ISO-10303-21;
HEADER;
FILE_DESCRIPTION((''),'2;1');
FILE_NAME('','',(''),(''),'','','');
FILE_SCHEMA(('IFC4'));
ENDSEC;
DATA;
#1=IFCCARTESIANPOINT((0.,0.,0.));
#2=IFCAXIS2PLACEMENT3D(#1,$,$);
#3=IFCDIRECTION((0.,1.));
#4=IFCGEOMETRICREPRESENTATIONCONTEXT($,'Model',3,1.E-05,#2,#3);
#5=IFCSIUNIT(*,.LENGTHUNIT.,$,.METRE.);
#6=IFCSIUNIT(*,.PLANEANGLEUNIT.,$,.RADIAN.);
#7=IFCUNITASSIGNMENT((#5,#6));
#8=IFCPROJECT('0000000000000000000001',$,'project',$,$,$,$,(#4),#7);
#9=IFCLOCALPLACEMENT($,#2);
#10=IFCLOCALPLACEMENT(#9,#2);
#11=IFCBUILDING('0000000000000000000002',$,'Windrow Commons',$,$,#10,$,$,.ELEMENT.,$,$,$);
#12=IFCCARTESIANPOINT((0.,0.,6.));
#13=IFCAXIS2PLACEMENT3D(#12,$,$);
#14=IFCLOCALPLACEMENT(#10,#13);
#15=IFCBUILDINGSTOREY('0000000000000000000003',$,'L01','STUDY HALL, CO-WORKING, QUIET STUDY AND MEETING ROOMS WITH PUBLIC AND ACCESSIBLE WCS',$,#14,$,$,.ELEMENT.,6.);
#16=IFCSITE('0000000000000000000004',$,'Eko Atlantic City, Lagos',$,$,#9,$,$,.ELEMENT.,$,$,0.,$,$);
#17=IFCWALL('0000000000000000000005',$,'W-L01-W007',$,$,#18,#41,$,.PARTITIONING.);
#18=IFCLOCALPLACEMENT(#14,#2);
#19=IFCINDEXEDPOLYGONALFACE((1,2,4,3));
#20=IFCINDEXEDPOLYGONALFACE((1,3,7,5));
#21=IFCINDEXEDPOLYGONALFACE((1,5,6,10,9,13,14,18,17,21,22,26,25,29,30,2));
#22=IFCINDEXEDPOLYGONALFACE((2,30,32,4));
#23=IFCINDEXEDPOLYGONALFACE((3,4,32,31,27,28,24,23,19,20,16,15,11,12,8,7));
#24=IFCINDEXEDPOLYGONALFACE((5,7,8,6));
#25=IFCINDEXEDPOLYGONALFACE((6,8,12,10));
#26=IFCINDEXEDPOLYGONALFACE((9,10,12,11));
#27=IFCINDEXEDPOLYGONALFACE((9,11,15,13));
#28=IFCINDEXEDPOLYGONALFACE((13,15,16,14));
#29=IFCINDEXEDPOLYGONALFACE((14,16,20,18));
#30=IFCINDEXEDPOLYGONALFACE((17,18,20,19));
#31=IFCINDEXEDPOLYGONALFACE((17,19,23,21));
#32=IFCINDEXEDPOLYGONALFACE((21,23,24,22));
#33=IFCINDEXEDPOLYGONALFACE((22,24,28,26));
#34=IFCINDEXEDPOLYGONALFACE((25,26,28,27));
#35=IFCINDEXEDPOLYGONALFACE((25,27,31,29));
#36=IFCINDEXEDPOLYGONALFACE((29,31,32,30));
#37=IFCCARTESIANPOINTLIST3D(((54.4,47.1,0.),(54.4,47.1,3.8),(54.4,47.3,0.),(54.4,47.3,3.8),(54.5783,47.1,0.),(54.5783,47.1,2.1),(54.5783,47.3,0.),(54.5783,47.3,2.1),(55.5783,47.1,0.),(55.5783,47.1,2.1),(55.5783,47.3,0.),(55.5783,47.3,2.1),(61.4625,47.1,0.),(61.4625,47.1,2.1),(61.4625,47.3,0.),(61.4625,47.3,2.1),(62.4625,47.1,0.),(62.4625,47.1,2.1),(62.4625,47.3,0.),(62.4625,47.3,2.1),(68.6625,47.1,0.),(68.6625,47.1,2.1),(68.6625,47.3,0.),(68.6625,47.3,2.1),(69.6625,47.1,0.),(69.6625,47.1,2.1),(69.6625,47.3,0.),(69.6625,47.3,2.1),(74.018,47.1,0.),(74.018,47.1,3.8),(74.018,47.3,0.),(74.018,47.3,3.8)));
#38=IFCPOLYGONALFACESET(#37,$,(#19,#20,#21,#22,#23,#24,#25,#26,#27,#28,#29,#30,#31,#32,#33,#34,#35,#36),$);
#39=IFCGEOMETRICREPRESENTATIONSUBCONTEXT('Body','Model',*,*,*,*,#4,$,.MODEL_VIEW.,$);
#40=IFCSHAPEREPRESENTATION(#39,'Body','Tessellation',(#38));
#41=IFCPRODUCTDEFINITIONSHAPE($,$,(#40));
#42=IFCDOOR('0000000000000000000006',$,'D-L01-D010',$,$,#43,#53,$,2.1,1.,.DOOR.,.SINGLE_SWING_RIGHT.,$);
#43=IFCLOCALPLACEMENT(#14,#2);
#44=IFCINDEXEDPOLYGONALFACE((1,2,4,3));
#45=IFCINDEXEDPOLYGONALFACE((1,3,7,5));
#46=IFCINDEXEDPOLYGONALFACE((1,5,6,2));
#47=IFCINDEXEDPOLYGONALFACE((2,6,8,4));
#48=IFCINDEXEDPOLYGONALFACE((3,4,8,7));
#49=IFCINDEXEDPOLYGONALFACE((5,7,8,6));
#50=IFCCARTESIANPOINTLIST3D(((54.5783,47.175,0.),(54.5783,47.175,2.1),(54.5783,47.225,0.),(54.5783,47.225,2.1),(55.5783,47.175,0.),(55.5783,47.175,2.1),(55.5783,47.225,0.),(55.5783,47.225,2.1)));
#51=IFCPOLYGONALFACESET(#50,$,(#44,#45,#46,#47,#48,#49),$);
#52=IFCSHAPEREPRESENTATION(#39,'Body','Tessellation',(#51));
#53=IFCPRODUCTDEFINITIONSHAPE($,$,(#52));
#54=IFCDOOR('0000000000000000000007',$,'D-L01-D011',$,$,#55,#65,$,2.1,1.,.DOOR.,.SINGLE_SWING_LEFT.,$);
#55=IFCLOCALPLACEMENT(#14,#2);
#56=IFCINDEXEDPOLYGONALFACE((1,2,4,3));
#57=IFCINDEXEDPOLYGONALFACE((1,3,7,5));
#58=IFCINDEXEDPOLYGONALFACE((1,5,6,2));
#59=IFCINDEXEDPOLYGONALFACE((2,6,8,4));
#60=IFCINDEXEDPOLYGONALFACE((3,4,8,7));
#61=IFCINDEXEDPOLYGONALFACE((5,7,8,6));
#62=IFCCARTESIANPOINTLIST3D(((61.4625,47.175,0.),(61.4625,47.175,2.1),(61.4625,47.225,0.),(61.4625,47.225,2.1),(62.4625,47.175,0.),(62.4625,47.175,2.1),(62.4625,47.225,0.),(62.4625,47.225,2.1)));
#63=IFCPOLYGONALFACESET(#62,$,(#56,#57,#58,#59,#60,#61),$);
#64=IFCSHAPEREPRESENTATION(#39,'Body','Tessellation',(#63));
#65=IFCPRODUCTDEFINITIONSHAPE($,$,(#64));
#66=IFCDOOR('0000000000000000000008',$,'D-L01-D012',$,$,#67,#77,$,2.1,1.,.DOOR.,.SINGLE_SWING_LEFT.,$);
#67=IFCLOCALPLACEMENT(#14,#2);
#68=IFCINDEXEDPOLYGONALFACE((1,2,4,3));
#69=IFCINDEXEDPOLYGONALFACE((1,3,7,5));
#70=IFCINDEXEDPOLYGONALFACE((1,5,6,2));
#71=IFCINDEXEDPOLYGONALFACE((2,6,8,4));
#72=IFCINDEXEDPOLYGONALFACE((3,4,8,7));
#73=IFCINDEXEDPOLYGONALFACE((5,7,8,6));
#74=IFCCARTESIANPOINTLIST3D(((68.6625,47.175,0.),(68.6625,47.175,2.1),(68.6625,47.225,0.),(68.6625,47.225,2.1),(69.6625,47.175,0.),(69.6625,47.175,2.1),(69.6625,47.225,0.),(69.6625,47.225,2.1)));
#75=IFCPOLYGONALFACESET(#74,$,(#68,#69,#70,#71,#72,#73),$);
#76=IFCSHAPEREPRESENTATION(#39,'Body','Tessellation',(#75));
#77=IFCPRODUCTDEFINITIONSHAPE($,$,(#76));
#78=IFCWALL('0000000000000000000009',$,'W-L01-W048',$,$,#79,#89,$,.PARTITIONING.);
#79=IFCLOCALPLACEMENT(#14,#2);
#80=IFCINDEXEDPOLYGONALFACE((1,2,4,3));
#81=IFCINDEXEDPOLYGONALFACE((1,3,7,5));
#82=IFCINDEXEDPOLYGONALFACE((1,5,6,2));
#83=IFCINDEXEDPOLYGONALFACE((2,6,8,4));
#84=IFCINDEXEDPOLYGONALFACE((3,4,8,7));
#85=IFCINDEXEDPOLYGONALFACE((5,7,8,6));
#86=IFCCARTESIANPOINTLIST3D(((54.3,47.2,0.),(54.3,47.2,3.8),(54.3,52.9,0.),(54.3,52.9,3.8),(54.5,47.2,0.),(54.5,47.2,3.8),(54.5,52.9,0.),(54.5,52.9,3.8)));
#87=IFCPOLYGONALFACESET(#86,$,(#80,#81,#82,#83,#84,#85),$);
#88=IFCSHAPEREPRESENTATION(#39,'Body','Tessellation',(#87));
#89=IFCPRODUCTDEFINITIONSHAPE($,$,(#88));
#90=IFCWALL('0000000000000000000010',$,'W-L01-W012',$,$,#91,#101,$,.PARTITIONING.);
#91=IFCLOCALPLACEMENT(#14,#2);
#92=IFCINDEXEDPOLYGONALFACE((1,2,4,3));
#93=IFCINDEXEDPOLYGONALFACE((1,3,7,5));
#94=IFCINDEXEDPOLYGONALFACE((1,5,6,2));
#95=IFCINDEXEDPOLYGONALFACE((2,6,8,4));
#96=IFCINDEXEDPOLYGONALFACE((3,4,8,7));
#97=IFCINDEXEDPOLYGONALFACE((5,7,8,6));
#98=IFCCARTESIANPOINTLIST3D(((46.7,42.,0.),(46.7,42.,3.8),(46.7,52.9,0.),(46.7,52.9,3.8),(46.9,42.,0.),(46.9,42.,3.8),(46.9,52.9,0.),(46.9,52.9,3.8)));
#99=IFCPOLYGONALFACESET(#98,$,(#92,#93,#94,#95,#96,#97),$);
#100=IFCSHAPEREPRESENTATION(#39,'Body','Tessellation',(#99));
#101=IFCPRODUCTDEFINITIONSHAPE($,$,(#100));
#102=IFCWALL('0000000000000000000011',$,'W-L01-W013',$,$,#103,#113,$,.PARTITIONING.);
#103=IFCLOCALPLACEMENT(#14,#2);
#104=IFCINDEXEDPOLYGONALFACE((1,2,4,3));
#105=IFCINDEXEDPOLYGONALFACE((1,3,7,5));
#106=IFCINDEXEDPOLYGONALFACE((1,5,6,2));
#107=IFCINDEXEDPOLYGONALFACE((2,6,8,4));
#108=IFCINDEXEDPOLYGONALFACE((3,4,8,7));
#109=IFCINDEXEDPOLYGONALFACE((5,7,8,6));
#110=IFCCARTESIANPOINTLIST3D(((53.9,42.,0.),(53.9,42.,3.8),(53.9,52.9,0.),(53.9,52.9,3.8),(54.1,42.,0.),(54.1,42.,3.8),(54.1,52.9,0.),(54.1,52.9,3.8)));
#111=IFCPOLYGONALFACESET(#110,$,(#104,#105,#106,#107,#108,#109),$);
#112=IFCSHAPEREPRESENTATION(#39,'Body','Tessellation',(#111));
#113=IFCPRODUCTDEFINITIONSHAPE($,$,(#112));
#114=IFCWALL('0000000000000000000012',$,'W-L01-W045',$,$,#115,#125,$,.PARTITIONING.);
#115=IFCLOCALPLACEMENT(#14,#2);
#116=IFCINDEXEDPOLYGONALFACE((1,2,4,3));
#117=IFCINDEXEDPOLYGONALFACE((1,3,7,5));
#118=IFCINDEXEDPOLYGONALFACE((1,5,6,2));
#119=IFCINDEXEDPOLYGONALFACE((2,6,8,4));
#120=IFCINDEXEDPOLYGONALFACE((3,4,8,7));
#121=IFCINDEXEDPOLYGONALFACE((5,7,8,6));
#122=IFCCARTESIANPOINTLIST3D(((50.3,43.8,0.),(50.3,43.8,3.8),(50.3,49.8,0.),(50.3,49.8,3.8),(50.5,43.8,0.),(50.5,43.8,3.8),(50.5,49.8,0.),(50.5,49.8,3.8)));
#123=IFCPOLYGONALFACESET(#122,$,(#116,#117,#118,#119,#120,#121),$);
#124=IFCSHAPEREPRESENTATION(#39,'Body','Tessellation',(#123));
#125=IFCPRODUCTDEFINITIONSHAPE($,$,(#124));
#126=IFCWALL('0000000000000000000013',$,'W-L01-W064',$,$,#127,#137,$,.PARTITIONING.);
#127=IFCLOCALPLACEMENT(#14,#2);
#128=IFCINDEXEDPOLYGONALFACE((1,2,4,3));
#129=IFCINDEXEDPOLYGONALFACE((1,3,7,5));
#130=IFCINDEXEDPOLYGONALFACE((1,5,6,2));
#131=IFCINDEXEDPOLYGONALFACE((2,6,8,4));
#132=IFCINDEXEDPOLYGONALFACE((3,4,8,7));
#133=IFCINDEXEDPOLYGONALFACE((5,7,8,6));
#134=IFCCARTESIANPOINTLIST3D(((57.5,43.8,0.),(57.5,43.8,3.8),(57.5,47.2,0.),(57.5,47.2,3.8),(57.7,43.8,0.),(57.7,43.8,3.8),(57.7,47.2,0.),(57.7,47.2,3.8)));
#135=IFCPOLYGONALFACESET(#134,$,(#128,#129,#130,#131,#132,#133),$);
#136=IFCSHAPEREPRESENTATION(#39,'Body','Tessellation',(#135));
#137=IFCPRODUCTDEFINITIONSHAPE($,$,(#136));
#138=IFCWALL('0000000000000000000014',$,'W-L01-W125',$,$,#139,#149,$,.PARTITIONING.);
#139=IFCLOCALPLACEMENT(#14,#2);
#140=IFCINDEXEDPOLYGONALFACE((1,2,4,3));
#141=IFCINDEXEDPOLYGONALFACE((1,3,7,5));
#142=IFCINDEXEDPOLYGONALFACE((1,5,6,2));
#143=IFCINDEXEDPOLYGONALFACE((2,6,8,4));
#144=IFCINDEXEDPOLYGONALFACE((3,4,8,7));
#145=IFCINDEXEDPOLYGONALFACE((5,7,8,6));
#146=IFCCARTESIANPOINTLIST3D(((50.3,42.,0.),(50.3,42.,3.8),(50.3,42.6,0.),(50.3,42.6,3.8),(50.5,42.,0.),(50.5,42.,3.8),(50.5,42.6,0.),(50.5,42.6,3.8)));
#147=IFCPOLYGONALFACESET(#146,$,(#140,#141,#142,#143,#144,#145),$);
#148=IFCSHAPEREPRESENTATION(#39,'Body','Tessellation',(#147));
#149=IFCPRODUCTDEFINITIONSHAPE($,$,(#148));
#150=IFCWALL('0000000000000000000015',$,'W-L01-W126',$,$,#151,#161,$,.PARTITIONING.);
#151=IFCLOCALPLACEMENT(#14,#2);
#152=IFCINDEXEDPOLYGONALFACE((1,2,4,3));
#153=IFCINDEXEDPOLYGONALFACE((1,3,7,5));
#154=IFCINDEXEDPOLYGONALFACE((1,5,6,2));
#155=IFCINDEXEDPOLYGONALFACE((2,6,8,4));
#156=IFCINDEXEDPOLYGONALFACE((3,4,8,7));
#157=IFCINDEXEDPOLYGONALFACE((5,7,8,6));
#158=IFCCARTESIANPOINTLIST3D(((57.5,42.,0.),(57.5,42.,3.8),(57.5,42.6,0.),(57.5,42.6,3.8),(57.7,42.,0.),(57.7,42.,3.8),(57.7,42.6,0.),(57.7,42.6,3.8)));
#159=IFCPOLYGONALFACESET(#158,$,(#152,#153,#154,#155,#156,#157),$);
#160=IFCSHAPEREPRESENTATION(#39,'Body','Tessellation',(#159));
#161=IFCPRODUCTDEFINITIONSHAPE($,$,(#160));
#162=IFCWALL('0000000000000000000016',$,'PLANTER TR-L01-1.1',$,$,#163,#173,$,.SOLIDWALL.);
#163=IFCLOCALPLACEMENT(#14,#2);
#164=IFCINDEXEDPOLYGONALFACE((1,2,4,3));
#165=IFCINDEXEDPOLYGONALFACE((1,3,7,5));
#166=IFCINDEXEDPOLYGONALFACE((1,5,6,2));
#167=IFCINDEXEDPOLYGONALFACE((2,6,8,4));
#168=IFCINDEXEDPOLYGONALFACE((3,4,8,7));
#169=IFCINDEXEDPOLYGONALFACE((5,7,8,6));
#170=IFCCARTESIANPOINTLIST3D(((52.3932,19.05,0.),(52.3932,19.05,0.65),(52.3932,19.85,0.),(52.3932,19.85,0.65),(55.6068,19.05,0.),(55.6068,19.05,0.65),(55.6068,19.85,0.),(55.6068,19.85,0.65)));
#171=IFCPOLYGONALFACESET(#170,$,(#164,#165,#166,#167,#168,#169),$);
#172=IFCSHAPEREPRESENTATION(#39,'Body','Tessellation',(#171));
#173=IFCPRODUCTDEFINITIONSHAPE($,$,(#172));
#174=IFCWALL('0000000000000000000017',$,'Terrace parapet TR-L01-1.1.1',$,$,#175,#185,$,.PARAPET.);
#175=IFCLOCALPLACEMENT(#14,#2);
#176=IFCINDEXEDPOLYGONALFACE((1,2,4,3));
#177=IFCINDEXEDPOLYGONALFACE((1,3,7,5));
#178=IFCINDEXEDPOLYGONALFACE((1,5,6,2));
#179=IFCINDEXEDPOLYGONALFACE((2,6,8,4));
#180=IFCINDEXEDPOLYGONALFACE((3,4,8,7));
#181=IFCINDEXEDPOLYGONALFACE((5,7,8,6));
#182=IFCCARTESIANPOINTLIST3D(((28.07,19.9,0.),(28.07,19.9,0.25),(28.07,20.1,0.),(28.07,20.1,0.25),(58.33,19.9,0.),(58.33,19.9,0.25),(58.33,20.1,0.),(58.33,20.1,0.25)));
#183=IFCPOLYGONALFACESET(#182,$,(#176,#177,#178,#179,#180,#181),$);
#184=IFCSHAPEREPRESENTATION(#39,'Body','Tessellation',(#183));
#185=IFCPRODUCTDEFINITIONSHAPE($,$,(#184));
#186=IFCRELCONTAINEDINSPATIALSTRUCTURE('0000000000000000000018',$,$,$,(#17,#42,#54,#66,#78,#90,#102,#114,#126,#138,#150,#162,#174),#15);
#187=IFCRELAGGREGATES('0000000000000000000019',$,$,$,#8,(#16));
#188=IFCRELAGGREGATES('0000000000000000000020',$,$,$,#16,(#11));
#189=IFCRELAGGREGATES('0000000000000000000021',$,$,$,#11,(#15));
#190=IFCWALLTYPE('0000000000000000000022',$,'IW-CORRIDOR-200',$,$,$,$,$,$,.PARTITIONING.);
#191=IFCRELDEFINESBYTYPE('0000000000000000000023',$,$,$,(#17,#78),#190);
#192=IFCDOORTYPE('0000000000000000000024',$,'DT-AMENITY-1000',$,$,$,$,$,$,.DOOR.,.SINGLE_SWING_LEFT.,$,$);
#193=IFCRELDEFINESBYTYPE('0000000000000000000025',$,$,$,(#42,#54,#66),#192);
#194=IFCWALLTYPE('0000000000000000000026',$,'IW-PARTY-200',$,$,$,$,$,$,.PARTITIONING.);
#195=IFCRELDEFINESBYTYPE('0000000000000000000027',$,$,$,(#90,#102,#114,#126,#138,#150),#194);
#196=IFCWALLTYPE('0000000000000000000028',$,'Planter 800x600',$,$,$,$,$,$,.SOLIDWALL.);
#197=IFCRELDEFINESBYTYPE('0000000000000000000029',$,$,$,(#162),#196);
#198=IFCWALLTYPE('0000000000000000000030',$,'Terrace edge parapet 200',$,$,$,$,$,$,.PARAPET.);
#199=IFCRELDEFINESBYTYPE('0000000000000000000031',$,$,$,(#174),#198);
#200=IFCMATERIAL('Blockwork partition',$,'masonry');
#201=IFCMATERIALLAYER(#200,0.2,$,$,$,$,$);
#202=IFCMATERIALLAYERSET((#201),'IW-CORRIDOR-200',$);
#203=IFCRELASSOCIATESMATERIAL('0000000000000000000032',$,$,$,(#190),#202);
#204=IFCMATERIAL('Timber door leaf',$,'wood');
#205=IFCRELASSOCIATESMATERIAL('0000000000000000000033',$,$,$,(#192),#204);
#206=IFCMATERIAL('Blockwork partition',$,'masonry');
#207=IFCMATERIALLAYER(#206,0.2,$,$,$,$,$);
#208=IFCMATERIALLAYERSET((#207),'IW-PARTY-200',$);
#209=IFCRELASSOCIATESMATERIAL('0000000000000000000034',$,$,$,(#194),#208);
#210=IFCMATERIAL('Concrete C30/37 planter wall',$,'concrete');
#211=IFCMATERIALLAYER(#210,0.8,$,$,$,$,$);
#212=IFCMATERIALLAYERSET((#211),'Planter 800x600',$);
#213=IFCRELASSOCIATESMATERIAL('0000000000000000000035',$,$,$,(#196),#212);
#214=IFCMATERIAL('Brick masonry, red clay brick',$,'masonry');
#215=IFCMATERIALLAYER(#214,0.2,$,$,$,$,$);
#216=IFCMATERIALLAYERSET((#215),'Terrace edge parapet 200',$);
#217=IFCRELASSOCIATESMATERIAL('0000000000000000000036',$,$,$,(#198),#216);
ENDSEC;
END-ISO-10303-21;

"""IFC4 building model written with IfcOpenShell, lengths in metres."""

from ifc_helpers import new_model, si_unit, direction, frame, frame_2d, origin, place, context, subcontext, project, spatial, polyline, rectangle, outline, extrude, material, layer, layer_set, type_object, element, fill, save


model = new_model("IFC4")

# Units and contexts
model_context = context("Model", 3, precision=1e-05, world=origin(), true_north=direction((0.0, 1.0)))
body_context = subcontext(model_context, "Body", "Model", "MODEL_VIEW")
ifc_project = project(units=[si_unit("LENGTHUNIT", "METRE"), si_unit("PLANEANGLEUNIT", "RADIAN")], contexts=[model_context])

# Site, building, storey
site_placement = place(None, origin())
site = spatial("IfcSite", under=ifc_project, at=site_placement, Name="Eko Atlantic City, Lagos", CompositionType="ELEMENT", RefElevation=0.0)
building_placement = place(site_placement, origin())
building = spatial("IfcBuilding", under=site, at=building_placement, Name="Windrow Commons", CompositionType="ELEMENT")
storey_placement = place(building_placement, frame((0.0, 0.0, 6.0)))
storey = spatial("IfcBuildingStorey", under=building, at=storey_placement, Name="L01", Description="STUDY HALL, CO-WORKING, QUIET STUDY AND MEETING ROOMS WITH PUBLIC AND ACCESSIBLE WCS", CompositionType="ELEMENT", Elevation=6.0)

# Wall, openings, doors
ifc_material_1 = material(Name="Blockwork partition", Category="masonry")
ifc_layer_1 = layer(ifc_material_1, 0.2)
ifc_layer_set_1 = layer_set([ifc_layer_1], Name="IW-CORRIDOR-200")
wall_type_1 = type_object("IfcWallType", Name="IW-CORRIDOR-200", PredefinedType="PARTITIONING", material=ifc_layer_set_1)
wall_1_placement = place(storey_placement, frame((54.4, 47.2, 0.0), z_axis=(0.0, 0.0, 1.0), x_axis=(1.0, 0.0, 0.0)))
wall_1 = element("IfcWall", 1, at=wall_1_placement, inside=storey, type_object=wall_type_1, Name="W-L01-W007", PredefinedType="PARTITIONING", context=body_context, shape_type="SweptSolid", body=[
    extrude(rectangle(XDim=19.618, YDim=0.2, at=frame_2d((9.809, 0.0))), origin(), (0.0, 0.0, 1.0), 3.8),
])
opening_1_placement = place(wall_1_placement, frame((0.1783, 0.0, 0.0)))
opening_1 = element("IfcOpeningElement", 2, at=opening_1_placement, cuts=wall_1, PredefinedType="OPENING", context=body_context, shape_type="SweptSolid", body=[
    extrude(rectangle(XDim=1.0, YDim=2.1, at=frame_2d((0.5, 1.05))), frame((0.0, 0.11, 0.0), z_axis=(0.0, -1.0, 0.0), x_axis=(1.0, 0.0, 0.0)), (0.0, 0.0, 1.0), 0.22),
])
opening_2_placement = place(wall_1_placement, frame((7.0625, 0.0, 0.0)))
opening_2 = element("IfcOpeningElement", 3, at=opening_2_placement, cuts=wall_1, PredefinedType="OPENING", context=body_context, shape_type="SweptSolid", body=[
    extrude(rectangle(XDim=1.0, YDim=2.1, at=frame_2d((0.5, 1.05))), frame((0.0, 0.11, 0.0), z_axis=(0.0, -1.0, 0.0), x_axis=(1.0, 0.0, 0.0)), (0.0, 0.0, 1.0), 0.22),
])
opening_3_placement = place(wall_1_placement, frame((14.2625, 0.0, 0.0)))
opening_3 = element("IfcOpeningElement", 4, at=opening_3_placement, cuts=wall_1, PredefinedType="OPENING", context=body_context, shape_type="SweptSolid", body=[
    extrude(rectangle(XDim=1.0, YDim=2.1, at=frame_2d((0.5, 1.05))), frame((0.0, 0.11, 0.0), z_axis=(0.0, -1.0, 0.0), x_axis=(1.0, 0.0, 0.0)), (0.0, 0.0, 1.0), 0.22),
])
ifc_material_2 = material(Name="Timber door leaf", Category="wood")
door_type = type_object("IfcDoorType", Name="DT-AMENITY-1000", OperationType="SINGLE_SWING_LEFT", PredefinedType="DOOR", material=ifc_material_2)
door_1_placement = place(opening_1_placement, origin())
door_1 = element("IfcDoor", 5, at=door_1_placement, inside=storey, type_object=door_type, Name="D-L01-D010", OperationType="SINGLE_SWING_RIGHT", OverallHeight=2.1, OverallWidth=1.0, PredefinedType="DOOR", context=body_context, shape_type="SweptSolid", body=[
    extrude(rectangle(XDim=1.0, YDim=2.1, at=frame_2d((0.5, 1.05))), frame((0.0, 0.025, 0.0), z_axis=(0.0, -1.0, 0.0), x_axis=(1.0, 0.0, 0.0)), (0.0, 0.0, 1.0), 0.05),
])
fill(opening_1, door_1)
door_2_placement = place(opening_2_placement, origin())
door_2 = element("IfcDoor", 6, at=door_2_placement, inside=storey, type_object=door_type, Name="D-L01-D011", OperationType="SINGLE_SWING_LEFT", OverallHeight=2.1, OverallWidth=1.0, PredefinedType="DOOR", context=body_context, shape_type="SweptSolid", body=[
    extrude(rectangle(XDim=1.0, YDim=2.1, at=frame_2d((0.5, 1.05))), frame((0.0, 0.025, 0.0), z_axis=(0.0, -1.0, 0.0), x_axis=(1.0, 0.0, 0.0)), (0.0, 0.0, 1.0), 0.05),
])
fill(opening_2, door_2)
door_3_placement = place(opening_3_placement, origin())
door_3 = element("IfcDoor", 7, at=door_3_placement, inside=storey, type_object=door_type, Name="D-L01-D012", OperationType="SINGLE_SWING_LEFT", OverallHeight=2.1, OverallWidth=1.0, PredefinedType="DOOR", context=body_context, shape_type="SweptSolid", body=[
    extrude(rectangle(XDim=1.0, YDim=2.1, at=frame_2d((0.5, 1.05))), frame((0.0, 0.025, 0.0), z_axis=(0.0, -1.0, 0.0), x_axis=(1.0, 0.0, 0.0)), (0.0, 0.0, 1.0), 0.05),
])
fill(opening_3, door_3)

# Walls
wall_2_placement = place(storey_placement, frame((54.4, 47.2, 0.0), z_axis=(0.0, 0.0, 1.0), x_axis=(0.0, 1.0, 0.0)))
element("IfcWall", 8, at=wall_2_placement, inside=storey, type_object=wall_type_1, Name="W-L01-W048", PredefinedType="PARTITIONING", context=body_context, shape_type="SweptSolid", body=[
    extrude(rectangle(XDim=5.7, YDim=0.2, at=frame_2d((2.85, 0.0))), origin(), (0.0, 0.0, 1.0), 3.8),
])
ifc_material_3 = material(Name="Blockwork partition", Category="masonry")
ifc_layer_2 = layer(ifc_material_3, 0.2)
ifc_layer_set_2 = layer_set([ifc_layer_2], Name="IW-PARTY-200")
wall_type_2 = type_object("IfcWallType", Name="IW-PARTY-200", PredefinedType="PARTITIONING", material=ifc_layer_set_2)
for number, where, z_axis, x_axis, name in (
    (9, (46.8, 42.0, 0.0), (0.0, 0.0, 1.0), (0.0, 1.0, 0.0), "W-L01-W012"),
    (10, (54.0, 42.0, 0.0), (0.0, 0.0, 1.0), (0.0, 1.0, 0.0), "W-L01-W013"),
):
    element("IfcWall", number, at=place(storey_placement, frame(where, z_axis=z_axis, x_axis=x_axis)), inside=storey, type_object=wall_type_2, Name=name, PredefinedType="PARTITIONING", context=body_context, shape_type="SweptSolid", body=[
        extrude(rectangle(XDim=10.9, YDim=0.2, at=frame_2d((5.45, 0.0))), origin(), (0.0, 0.0, 1.0), 3.8),
    ])
wall_3_placement = place(storey_placement, frame((50.4, 43.8, 0.0), z_axis=(0.0, 0.0, 1.0), x_axis=(0.0, 1.0, 0.0)))
element("IfcWall", 11, at=wall_3_placement, inside=storey, type_object=wall_type_2, Name="W-L01-W045", PredefinedType="PARTITIONING", context=body_context, shape_type="SweptSolid", body=[
    extrude(rectangle(XDim=6.0, YDim=0.2, at=frame_2d((3.0, 0.0))), origin(), (0.0, 0.0, 1.0), 3.8),
])
wall_4_placement = place(storey_placement, frame((57.6, 43.8, 0.0), z_axis=(0.0, 0.0, 1.0), x_axis=(0.0, 1.0, 0.0)))
element("IfcWall", 12, at=wall_4_placement, inside=storey, type_object=wall_type_2, Name="W-L01-W064", PredefinedType="PARTITIONING", context=body_context, shape_type="SweptSolid", body=[
    extrude(rectangle(XDim=3.4, YDim=0.2, at=frame_2d((1.7, 0.0))), origin(), (0.0, 0.0, 1.0), 3.8),
])
for number, where, z_axis, x_axis, name in (
    (13, (50.4, 42.0, 0.0), (0.0, 0.0, 1.0), (0.0, 1.0, 0.0), "W-L01-W125"),
    (14, (57.6, 42.0, 0.0), (0.0, 0.0, 1.0), (0.0, 1.0, 0.0), "W-L01-W126"),
):
    element("IfcWall", number, at=place(storey_placement, frame(where, z_axis=z_axis, x_axis=x_axis)), inside=storey, type_object=wall_type_2, Name=name, PredefinedType="PARTITIONING", context=body_context, shape_type="SweptSolid", body=[
        extrude(rectangle(XDim=0.6, YDim=0.2, at=frame_2d((0.3, 0.0))), origin(), (0.0, 0.0, 1.0), 3.8),
    ])
ifc_material_4 = material(Name="Concrete C30/37 planter wall", Category="concrete")
ifc_layer_3 = layer(ifc_material_4, 0.8)
ifc_layer_set_3 = layer_set([ifc_layer_3], Name="Planter 800x600")
wall_type_3 = type_object("IfcWallType", Name="Planter 800x600", PredefinedType="SOLIDWALL", material=ifc_layer_set_3)
wall_5_placement = place(storey_placement, frame((55.6068, 19.45, 0.0), z_axis=(0.0, 0.0, 1.0), x_axis=(-1.0, 0.0, 0.0)))
element("IfcWall", 15, at=wall_5_placement, inside=storey, type_object=wall_type_3, Name="PLANTER TR-L01-1.1", PredefinedType="SOLIDWALL", context=body_context, shape_type="SweptSolid", body=[
    extrude(outline(polyline([(0.0, -0.4), (3.2136, -0.4), (3.2136, 0.4), (0.0, 0.4), (0.0, -0.4)])), origin(), (0.0, 0.0, 1.0), 0.65),
])
ifc_material_5 = material(Name="Brick masonry, red clay brick", Category="masonry")
ifc_layer_4 = layer(ifc_material_5, 0.2)
ifc_layer_set_4 = layer_set([ifc_layer_4], Name="Terrace edge parapet 200")
wall_type_4 = type_object("IfcWallType", Name="Terrace edge parapet 200", PredefinedType="PARAPET", material=ifc_layer_set_4)
wall_6_placement = place(storey_placement, frame((58.33, 20.0, 0.0), z_axis=(0.0, 0.0, 1.0), x_axis=(-1.0, 0.0, 0.0)))
element("IfcWall", 16, at=wall_6_placement, inside=storey, type_object=wall_type_4, Name="Terrace parapet TR-L01-1.1.1", PredefinedType="PARAPET", context=body_context, shape_type="SweptSolid", body=[
    extrude(outline(polyline([(0.0, -0.1), (30.26, -0.1), (30.26, 0.1), (0.0, 0.1), (0.0, -0.1)])), origin(), (0.0, 0.0, 1.0), 0.25),
])

save(model, "model.ifc")
